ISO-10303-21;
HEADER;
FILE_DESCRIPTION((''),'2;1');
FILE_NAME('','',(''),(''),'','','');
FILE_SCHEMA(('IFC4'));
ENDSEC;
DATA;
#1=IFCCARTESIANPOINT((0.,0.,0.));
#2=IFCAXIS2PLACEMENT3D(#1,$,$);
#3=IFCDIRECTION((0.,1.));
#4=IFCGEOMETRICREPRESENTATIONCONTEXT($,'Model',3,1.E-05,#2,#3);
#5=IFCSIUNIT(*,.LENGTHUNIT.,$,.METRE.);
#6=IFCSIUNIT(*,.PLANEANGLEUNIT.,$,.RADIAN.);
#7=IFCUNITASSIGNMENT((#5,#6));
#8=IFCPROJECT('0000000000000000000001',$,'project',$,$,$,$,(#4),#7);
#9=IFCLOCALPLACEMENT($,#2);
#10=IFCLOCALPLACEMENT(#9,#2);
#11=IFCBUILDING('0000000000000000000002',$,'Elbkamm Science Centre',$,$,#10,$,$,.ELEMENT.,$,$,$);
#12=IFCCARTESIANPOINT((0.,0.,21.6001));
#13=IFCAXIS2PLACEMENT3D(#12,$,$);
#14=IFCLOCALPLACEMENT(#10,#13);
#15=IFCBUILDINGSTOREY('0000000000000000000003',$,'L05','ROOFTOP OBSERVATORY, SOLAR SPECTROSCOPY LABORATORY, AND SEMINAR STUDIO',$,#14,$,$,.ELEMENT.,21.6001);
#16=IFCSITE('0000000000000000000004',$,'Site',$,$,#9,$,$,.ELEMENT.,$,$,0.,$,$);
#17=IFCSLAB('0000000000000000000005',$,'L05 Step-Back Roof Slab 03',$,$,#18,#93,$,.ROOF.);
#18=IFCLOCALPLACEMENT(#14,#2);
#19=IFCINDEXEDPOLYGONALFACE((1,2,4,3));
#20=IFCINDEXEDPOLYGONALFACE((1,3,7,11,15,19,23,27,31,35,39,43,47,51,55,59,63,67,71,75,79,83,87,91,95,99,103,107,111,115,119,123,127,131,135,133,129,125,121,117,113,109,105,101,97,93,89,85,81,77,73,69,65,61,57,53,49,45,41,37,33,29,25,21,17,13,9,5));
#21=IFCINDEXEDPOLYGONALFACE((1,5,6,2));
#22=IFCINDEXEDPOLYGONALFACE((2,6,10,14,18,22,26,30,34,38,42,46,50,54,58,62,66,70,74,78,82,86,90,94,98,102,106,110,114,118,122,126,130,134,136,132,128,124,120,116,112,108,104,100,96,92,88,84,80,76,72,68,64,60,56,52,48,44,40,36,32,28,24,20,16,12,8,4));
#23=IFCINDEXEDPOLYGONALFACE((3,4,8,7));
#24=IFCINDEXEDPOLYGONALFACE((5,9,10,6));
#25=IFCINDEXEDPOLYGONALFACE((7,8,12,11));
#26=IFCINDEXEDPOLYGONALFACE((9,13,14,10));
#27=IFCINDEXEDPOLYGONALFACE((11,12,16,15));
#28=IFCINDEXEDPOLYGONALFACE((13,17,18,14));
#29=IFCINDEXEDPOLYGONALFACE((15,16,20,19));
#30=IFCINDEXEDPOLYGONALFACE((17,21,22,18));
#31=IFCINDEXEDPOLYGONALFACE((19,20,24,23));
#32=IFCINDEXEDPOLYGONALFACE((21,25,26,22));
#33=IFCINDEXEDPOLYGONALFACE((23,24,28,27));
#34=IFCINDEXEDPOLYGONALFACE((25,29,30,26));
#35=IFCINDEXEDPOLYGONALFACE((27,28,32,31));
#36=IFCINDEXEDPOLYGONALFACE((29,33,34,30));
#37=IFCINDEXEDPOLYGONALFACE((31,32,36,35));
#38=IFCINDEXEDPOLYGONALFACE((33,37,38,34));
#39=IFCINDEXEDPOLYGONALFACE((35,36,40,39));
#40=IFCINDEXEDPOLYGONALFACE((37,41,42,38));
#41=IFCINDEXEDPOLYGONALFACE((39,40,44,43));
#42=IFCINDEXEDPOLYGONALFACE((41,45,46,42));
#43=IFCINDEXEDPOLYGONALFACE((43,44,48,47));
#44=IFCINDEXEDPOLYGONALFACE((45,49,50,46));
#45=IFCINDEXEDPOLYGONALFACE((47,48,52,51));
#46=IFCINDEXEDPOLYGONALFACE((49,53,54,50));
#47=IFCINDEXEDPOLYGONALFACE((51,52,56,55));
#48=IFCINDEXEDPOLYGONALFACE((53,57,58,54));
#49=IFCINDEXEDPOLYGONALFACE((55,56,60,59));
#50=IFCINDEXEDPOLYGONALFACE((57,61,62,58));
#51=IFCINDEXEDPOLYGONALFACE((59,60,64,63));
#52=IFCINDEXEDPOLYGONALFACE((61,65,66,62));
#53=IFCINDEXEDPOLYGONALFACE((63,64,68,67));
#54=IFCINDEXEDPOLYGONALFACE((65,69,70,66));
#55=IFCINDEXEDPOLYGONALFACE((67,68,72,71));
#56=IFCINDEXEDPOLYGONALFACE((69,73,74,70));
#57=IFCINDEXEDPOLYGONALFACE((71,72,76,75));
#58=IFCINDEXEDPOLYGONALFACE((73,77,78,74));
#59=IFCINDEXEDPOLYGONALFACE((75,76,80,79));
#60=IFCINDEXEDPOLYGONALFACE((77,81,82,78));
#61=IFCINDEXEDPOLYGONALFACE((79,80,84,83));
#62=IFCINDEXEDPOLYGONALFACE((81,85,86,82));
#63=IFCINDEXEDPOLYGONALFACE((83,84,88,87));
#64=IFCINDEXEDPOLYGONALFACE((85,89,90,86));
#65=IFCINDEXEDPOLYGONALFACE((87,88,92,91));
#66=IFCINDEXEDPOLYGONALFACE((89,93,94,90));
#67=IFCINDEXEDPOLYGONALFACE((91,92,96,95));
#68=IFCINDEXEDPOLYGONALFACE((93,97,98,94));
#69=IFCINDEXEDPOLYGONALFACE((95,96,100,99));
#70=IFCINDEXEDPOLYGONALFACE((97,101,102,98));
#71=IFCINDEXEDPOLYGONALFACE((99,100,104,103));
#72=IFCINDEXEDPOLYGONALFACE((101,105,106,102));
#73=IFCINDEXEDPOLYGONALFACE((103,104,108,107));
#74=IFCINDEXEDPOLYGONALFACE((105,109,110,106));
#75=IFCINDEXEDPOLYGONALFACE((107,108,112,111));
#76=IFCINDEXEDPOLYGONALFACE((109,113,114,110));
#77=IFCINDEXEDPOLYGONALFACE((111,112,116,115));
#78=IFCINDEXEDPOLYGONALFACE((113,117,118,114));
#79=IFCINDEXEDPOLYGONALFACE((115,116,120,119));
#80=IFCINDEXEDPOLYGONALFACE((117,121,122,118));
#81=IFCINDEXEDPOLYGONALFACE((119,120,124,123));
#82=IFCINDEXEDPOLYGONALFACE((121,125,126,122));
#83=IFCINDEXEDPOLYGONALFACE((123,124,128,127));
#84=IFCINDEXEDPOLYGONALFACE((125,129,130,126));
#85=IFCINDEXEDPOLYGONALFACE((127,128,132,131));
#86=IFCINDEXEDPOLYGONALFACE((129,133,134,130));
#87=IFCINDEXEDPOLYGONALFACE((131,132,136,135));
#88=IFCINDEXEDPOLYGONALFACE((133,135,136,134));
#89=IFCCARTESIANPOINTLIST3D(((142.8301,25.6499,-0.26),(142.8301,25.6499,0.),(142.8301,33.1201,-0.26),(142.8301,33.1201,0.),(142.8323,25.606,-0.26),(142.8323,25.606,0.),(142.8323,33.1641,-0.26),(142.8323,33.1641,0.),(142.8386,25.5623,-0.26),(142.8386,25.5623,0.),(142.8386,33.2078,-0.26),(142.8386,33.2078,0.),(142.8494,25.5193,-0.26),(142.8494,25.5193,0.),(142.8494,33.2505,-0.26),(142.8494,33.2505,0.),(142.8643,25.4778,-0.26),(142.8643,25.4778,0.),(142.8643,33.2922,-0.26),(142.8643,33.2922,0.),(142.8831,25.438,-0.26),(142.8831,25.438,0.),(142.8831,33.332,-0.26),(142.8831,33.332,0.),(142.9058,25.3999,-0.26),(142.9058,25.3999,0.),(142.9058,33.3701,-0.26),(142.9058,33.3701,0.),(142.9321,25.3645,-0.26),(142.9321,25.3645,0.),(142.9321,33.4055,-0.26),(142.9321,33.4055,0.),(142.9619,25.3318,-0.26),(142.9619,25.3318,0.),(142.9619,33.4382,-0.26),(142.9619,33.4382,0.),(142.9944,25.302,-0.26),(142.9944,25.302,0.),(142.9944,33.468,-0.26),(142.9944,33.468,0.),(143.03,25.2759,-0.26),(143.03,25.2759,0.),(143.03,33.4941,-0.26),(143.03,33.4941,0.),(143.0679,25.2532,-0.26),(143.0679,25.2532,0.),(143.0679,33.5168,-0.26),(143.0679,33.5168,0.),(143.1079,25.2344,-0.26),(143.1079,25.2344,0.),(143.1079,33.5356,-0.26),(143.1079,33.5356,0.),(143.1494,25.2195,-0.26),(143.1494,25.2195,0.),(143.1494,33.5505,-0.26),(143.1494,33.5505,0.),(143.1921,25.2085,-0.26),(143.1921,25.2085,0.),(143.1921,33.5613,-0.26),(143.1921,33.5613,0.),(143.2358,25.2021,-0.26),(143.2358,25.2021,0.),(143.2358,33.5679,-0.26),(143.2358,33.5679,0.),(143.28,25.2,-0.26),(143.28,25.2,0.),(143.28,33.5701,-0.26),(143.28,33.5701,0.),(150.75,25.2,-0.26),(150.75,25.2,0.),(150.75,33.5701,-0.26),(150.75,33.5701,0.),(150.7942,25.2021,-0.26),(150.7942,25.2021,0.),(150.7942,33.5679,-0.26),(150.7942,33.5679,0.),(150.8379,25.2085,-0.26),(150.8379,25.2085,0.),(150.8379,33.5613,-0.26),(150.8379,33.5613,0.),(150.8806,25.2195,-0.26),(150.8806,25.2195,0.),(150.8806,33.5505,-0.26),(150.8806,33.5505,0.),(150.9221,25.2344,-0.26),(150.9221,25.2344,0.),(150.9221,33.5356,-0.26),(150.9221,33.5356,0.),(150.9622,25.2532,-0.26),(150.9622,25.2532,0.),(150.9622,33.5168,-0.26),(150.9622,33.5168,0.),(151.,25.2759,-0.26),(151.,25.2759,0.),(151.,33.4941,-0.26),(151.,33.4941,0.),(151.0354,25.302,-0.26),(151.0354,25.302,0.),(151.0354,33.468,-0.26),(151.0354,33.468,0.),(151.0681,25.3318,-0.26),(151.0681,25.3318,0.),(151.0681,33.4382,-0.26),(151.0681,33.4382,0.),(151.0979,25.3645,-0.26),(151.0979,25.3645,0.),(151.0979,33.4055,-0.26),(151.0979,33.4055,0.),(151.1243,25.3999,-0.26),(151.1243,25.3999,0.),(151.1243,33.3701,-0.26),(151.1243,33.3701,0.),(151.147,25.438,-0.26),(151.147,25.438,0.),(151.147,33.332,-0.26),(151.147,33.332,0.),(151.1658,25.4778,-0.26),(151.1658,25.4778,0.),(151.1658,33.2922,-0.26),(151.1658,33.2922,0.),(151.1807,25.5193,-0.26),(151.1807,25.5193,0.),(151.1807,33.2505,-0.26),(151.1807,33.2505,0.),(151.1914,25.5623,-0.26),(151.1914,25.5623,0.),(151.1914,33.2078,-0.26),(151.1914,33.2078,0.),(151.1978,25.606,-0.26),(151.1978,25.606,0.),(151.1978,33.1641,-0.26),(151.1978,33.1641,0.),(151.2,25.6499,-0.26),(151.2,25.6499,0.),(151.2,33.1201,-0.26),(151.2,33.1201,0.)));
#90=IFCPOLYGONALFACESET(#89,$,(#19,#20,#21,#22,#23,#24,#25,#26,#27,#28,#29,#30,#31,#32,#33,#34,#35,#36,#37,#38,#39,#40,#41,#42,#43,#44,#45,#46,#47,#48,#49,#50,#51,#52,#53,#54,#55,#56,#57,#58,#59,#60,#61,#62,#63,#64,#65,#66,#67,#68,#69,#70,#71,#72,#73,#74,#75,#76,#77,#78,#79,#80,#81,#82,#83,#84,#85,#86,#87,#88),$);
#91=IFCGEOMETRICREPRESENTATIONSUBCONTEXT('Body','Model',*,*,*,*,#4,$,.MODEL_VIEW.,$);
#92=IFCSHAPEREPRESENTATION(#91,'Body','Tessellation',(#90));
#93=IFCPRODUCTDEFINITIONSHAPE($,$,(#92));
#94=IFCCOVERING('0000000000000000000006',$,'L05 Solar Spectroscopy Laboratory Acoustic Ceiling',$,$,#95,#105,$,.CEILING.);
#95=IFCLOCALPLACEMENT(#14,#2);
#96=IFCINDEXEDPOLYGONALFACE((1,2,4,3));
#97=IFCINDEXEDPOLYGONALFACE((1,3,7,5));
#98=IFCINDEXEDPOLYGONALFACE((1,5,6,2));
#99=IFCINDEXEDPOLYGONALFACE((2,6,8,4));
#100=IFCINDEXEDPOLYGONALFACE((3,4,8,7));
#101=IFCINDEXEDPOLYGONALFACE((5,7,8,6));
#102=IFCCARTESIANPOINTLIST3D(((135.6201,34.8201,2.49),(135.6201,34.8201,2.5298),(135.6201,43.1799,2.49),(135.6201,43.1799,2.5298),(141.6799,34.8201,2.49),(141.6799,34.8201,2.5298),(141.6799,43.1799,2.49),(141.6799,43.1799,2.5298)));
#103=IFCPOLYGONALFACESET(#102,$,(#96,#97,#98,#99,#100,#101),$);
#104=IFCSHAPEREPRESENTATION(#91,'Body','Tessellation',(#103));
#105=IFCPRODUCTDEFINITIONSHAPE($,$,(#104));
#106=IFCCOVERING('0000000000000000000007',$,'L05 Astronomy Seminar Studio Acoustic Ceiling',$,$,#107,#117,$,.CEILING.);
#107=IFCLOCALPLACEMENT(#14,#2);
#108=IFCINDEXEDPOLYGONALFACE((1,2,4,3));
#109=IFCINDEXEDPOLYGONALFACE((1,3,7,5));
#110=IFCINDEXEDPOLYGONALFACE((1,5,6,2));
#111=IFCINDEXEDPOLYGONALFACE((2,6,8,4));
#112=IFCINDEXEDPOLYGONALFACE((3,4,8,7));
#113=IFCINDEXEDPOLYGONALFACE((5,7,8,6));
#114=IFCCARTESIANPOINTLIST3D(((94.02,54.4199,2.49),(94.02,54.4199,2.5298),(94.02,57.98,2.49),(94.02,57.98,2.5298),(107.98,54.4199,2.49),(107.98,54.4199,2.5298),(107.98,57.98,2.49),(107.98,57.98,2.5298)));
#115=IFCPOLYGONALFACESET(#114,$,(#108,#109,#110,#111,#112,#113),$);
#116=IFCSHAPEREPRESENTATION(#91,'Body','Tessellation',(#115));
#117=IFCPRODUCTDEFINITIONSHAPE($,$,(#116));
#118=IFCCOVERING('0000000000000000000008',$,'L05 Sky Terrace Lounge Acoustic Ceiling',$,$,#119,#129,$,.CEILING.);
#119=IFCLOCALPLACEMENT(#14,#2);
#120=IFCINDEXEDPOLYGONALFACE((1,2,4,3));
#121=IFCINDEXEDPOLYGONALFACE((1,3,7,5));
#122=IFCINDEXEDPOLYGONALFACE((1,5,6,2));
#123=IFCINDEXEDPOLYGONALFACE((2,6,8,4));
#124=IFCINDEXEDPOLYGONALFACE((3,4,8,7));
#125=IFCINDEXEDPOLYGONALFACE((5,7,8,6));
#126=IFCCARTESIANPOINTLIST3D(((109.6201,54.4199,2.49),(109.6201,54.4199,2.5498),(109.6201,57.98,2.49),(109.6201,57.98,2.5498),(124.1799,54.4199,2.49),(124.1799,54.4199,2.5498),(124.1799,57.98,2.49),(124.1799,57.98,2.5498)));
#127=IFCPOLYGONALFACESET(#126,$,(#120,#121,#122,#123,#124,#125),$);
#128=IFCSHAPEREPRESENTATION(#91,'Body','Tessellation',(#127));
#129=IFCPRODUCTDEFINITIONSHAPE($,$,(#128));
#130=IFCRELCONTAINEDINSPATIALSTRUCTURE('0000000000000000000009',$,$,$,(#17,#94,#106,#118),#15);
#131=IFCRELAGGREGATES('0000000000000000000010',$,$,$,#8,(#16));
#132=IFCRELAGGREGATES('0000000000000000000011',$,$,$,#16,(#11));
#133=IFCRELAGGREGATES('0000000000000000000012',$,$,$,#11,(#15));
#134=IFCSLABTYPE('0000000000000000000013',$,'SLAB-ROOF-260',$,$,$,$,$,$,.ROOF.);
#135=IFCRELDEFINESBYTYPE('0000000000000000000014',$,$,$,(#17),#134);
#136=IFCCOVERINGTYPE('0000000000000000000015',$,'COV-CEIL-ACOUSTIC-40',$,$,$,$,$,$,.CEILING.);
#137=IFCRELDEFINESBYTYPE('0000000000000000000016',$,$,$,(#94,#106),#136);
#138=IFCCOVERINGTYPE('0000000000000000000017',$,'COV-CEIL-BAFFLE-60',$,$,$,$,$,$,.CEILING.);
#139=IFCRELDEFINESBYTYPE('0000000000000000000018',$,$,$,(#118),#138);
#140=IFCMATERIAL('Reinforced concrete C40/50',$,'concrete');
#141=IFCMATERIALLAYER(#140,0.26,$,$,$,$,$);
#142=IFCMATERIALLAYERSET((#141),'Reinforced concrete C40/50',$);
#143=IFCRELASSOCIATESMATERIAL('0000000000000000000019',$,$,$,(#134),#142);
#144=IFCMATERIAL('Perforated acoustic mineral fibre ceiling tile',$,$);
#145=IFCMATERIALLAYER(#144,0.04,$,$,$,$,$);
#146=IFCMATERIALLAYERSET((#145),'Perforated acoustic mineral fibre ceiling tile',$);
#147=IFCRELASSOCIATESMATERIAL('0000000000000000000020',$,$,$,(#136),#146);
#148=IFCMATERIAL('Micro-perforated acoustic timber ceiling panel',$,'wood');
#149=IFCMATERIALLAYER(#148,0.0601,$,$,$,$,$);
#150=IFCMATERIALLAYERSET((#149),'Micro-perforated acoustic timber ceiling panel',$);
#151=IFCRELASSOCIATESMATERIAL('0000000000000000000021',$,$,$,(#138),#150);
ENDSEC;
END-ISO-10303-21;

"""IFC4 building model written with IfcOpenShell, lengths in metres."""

from ifc_helpers import new_model, si_unit, direction, frame, origin, place, context, subcontext, project, spatial, polyline, outline, extrude, material, layer, layer_set, type_object, element, save


model = new_model("IFC4")

# Units and contexts
model_context = context("Model", 3, precision=1e-05, world=origin(), true_north=direction((0.0, 1.0)))
body_context = subcontext(model_context, "Body", "Model", "MODEL_VIEW")
ifc_project = project(units=[si_unit("LENGTHUNIT", "METRE"), si_unit("PLANEANGLEUNIT", "RADIAN")], contexts=[model_context])

# Site, building, storey
site_placement = place(None, origin())
site = spatial("IfcSite", under=ifc_project, at=site_placement, Name="Site", CompositionType="ELEMENT", RefElevation=0.0)
building_placement = place(site_placement, origin())
building = spatial("IfcBuilding", under=site, at=building_placement, Name="Elbkamm Science Centre", CompositionType="ELEMENT")
storey_placement = place(building_placement, frame((0.0, 0.0, 21.6001)))
storey = spatial("IfcBuildingStorey", under=building, at=storey_placement, Name="L05", Description="ROOFTOP OBSERVATORY, SOLAR SPECTROSCOPY LABORATORY, AND SEMINAR STUDIO", CompositionType="ELEMENT", Elevation=21.6001)

# Shared definitions
ifc_material_1 = material(Name="Reinforced concrete C40/50", Category="concrete")

# Slab
ifc_layer_1 = layer(ifc_material_1, 0.26)
ifc_layer_set_1 = layer_set([ifc_layer_1], Name="Reinforced concrete C40/50")
slab_type_1 = type_object("IfcSlabType", Name="SLAB-ROOF-260", PredefinedType="ROOF", material=ifc_layer_set_1)
slab_1_placement = place(storey_placement, frame((0.0, 0.0, -0.26)))
element("IfcSlab", 1, at=slab_1_placement, inside=storey, type_object=slab_type_1, Name="L05 Step-Back Roof Slab 03", PredefinedType="ROOF", context=body_context, shape_type="SweptSolid", body=[
    extrude(outline(polyline([(143.1921, 25.2085), (143.1494, 25.2195), (143.1079, 25.2344), (143.0679, 25.2532), (143.03, 25.2759), (142.9944, 25.302), (142.9619, 25.3318), (142.9321, 25.3645), (142.9058, 25.3999), (142.8831, 25.438), (142.8643, 25.4778), (142.8494, 25.5193), (142.8386, 25.5623), (142.8323, 25.606), (142.8301, 25.6499), (142.8301, 33.1201), (142.8323, 33.1641), (142.8386, 33.2078), (142.8494, 33.2505), (142.8643, 33.2922), (142.8831, 33.332), (142.9058, 33.3701), (142.9321, 33.4055), (142.9619, 33.4382), (142.9944, 33.468), (143.03, 33.4941), (143.0679, 33.5168), (143.1079, 33.5356), (143.1494, 33.5505), (143.1921, 33.5613), (143.2358, 33.5679), (143.28, 33.5701), (150.75, 33.5701), (150.7942, 33.5679), (150.8379, 33.5613), (150.8806, 33.5505), (150.9221, 33.5356), (150.9622, 33.5168), (151.0, 33.4941), (151.0354, 33.468), (151.0681, 33.4382), (151.0979, 33.4055), (151.1243, 33.3701), (151.147, 33.332), (151.1658, 33.2922), (151.1807, 33.2505), (151.1914, 33.2078), (151.1978, 33.1641), (151.2, 33.1201), (151.2, 25.6499), (151.1978, 25.606), (151.1914, 25.5623), (151.1807, 25.5193), (151.1658, 25.4778), (151.147, 25.438), (151.1243, 25.3999), (151.0979, 25.3645), (151.0681, 25.3318), (151.0354, 25.302), (151.0, 25.2759), (150.9622, 25.2532), (150.9221, 25.2344), (150.8806, 25.2195), (150.8379, 25.2085), (150.7942, 25.2021), (150.75, 25.2), (143.28, 25.2), (143.2358, 25.2021), (143.1921, 25.2085)])), origin(), (0.0, 0.0, 1.0), 0.26),
])

# Coverings
ifc_material_2 = material(Name="Perforated acoustic mineral fibre ceiling tile")
ifc_layer_2 = layer(ifc_material_2, 0.04)
ifc_layer_set_2 = layer_set([ifc_layer_2], Name="Perforated acoustic mineral fibre ceiling tile")
covering_type_1 = type_object("IfcCoveringType", Name="COV-CEIL-ACOUSTIC-40", PredefinedType="CEILING", material=ifc_layer_set_2)
covering_1_placement = place(storey_placement, frame((0.0, 0.0, 2.49)))
element("IfcCovering", 2, at=covering_1_placement, inside=storey, type_object=covering_type_1, Name="L05 Solar Spectroscopy Laboratory Acoustic Ceiling", PredefinedType="CEILING", context=body_context, shape_type="SweptSolid", body=[
    extrude(outline(polyline([(141.6799, 43.1799), (141.6799, 34.8201), (135.6201, 34.8201), (135.6201, 43.1799), (141.6799, 43.1799)])), origin(), (0.0, 0.0, 1.0), 0.0398),
])
covering_2_placement = place(storey_placement, frame((0.0, 0.0, 2.49)))
element("IfcCovering", 3, at=covering_2_placement, inside=storey, type_object=covering_type_1, Name="L05 Astronomy Seminar Studio Acoustic Ceiling", PredefinedType="CEILING", context=body_context, shape_type="SweptSolid", body=[
    extrude(outline(polyline([(107.98, 57.98), (107.98, 54.4199), (94.02, 54.4199), (94.02, 57.98), (107.98, 57.98)])), origin(), (0.0, 0.0, 1.0), 0.0398),
])
ifc_material_3 = material(Name="Micro-perforated acoustic timber ceiling panel", Category="wood")
ifc_layer_3 = layer(ifc_material_3, 0.0601)
ifc_layer_set_3 = layer_set([ifc_layer_3], Name="Micro-perforated acoustic timber ceiling panel")
covering_type_2 = type_object("IfcCoveringType", Name="COV-CEIL-BAFFLE-60", PredefinedType="CEILING", material=ifc_layer_set_3)
covering_3_placement = place(storey_placement, frame((0.0, 0.0, 2.49)))
element("IfcCovering", 4, at=covering_3_placement, inside=storey, type_object=covering_type_2, Name="L05 Sky Terrace Lounge Acoustic Ceiling", PredefinedType="CEILING", context=body_context, shape_type="SweptSolid", body=[
    extrude(outline(polyline([(124.1799, 57.98), (124.1799, 54.4199), (109.6201, 54.4199), (109.6201, 57.98), (124.1799, 57.98)])), origin(), (0.0, 0.0, 1.0), 0.0598),
])

save(model, "model.ifc")
